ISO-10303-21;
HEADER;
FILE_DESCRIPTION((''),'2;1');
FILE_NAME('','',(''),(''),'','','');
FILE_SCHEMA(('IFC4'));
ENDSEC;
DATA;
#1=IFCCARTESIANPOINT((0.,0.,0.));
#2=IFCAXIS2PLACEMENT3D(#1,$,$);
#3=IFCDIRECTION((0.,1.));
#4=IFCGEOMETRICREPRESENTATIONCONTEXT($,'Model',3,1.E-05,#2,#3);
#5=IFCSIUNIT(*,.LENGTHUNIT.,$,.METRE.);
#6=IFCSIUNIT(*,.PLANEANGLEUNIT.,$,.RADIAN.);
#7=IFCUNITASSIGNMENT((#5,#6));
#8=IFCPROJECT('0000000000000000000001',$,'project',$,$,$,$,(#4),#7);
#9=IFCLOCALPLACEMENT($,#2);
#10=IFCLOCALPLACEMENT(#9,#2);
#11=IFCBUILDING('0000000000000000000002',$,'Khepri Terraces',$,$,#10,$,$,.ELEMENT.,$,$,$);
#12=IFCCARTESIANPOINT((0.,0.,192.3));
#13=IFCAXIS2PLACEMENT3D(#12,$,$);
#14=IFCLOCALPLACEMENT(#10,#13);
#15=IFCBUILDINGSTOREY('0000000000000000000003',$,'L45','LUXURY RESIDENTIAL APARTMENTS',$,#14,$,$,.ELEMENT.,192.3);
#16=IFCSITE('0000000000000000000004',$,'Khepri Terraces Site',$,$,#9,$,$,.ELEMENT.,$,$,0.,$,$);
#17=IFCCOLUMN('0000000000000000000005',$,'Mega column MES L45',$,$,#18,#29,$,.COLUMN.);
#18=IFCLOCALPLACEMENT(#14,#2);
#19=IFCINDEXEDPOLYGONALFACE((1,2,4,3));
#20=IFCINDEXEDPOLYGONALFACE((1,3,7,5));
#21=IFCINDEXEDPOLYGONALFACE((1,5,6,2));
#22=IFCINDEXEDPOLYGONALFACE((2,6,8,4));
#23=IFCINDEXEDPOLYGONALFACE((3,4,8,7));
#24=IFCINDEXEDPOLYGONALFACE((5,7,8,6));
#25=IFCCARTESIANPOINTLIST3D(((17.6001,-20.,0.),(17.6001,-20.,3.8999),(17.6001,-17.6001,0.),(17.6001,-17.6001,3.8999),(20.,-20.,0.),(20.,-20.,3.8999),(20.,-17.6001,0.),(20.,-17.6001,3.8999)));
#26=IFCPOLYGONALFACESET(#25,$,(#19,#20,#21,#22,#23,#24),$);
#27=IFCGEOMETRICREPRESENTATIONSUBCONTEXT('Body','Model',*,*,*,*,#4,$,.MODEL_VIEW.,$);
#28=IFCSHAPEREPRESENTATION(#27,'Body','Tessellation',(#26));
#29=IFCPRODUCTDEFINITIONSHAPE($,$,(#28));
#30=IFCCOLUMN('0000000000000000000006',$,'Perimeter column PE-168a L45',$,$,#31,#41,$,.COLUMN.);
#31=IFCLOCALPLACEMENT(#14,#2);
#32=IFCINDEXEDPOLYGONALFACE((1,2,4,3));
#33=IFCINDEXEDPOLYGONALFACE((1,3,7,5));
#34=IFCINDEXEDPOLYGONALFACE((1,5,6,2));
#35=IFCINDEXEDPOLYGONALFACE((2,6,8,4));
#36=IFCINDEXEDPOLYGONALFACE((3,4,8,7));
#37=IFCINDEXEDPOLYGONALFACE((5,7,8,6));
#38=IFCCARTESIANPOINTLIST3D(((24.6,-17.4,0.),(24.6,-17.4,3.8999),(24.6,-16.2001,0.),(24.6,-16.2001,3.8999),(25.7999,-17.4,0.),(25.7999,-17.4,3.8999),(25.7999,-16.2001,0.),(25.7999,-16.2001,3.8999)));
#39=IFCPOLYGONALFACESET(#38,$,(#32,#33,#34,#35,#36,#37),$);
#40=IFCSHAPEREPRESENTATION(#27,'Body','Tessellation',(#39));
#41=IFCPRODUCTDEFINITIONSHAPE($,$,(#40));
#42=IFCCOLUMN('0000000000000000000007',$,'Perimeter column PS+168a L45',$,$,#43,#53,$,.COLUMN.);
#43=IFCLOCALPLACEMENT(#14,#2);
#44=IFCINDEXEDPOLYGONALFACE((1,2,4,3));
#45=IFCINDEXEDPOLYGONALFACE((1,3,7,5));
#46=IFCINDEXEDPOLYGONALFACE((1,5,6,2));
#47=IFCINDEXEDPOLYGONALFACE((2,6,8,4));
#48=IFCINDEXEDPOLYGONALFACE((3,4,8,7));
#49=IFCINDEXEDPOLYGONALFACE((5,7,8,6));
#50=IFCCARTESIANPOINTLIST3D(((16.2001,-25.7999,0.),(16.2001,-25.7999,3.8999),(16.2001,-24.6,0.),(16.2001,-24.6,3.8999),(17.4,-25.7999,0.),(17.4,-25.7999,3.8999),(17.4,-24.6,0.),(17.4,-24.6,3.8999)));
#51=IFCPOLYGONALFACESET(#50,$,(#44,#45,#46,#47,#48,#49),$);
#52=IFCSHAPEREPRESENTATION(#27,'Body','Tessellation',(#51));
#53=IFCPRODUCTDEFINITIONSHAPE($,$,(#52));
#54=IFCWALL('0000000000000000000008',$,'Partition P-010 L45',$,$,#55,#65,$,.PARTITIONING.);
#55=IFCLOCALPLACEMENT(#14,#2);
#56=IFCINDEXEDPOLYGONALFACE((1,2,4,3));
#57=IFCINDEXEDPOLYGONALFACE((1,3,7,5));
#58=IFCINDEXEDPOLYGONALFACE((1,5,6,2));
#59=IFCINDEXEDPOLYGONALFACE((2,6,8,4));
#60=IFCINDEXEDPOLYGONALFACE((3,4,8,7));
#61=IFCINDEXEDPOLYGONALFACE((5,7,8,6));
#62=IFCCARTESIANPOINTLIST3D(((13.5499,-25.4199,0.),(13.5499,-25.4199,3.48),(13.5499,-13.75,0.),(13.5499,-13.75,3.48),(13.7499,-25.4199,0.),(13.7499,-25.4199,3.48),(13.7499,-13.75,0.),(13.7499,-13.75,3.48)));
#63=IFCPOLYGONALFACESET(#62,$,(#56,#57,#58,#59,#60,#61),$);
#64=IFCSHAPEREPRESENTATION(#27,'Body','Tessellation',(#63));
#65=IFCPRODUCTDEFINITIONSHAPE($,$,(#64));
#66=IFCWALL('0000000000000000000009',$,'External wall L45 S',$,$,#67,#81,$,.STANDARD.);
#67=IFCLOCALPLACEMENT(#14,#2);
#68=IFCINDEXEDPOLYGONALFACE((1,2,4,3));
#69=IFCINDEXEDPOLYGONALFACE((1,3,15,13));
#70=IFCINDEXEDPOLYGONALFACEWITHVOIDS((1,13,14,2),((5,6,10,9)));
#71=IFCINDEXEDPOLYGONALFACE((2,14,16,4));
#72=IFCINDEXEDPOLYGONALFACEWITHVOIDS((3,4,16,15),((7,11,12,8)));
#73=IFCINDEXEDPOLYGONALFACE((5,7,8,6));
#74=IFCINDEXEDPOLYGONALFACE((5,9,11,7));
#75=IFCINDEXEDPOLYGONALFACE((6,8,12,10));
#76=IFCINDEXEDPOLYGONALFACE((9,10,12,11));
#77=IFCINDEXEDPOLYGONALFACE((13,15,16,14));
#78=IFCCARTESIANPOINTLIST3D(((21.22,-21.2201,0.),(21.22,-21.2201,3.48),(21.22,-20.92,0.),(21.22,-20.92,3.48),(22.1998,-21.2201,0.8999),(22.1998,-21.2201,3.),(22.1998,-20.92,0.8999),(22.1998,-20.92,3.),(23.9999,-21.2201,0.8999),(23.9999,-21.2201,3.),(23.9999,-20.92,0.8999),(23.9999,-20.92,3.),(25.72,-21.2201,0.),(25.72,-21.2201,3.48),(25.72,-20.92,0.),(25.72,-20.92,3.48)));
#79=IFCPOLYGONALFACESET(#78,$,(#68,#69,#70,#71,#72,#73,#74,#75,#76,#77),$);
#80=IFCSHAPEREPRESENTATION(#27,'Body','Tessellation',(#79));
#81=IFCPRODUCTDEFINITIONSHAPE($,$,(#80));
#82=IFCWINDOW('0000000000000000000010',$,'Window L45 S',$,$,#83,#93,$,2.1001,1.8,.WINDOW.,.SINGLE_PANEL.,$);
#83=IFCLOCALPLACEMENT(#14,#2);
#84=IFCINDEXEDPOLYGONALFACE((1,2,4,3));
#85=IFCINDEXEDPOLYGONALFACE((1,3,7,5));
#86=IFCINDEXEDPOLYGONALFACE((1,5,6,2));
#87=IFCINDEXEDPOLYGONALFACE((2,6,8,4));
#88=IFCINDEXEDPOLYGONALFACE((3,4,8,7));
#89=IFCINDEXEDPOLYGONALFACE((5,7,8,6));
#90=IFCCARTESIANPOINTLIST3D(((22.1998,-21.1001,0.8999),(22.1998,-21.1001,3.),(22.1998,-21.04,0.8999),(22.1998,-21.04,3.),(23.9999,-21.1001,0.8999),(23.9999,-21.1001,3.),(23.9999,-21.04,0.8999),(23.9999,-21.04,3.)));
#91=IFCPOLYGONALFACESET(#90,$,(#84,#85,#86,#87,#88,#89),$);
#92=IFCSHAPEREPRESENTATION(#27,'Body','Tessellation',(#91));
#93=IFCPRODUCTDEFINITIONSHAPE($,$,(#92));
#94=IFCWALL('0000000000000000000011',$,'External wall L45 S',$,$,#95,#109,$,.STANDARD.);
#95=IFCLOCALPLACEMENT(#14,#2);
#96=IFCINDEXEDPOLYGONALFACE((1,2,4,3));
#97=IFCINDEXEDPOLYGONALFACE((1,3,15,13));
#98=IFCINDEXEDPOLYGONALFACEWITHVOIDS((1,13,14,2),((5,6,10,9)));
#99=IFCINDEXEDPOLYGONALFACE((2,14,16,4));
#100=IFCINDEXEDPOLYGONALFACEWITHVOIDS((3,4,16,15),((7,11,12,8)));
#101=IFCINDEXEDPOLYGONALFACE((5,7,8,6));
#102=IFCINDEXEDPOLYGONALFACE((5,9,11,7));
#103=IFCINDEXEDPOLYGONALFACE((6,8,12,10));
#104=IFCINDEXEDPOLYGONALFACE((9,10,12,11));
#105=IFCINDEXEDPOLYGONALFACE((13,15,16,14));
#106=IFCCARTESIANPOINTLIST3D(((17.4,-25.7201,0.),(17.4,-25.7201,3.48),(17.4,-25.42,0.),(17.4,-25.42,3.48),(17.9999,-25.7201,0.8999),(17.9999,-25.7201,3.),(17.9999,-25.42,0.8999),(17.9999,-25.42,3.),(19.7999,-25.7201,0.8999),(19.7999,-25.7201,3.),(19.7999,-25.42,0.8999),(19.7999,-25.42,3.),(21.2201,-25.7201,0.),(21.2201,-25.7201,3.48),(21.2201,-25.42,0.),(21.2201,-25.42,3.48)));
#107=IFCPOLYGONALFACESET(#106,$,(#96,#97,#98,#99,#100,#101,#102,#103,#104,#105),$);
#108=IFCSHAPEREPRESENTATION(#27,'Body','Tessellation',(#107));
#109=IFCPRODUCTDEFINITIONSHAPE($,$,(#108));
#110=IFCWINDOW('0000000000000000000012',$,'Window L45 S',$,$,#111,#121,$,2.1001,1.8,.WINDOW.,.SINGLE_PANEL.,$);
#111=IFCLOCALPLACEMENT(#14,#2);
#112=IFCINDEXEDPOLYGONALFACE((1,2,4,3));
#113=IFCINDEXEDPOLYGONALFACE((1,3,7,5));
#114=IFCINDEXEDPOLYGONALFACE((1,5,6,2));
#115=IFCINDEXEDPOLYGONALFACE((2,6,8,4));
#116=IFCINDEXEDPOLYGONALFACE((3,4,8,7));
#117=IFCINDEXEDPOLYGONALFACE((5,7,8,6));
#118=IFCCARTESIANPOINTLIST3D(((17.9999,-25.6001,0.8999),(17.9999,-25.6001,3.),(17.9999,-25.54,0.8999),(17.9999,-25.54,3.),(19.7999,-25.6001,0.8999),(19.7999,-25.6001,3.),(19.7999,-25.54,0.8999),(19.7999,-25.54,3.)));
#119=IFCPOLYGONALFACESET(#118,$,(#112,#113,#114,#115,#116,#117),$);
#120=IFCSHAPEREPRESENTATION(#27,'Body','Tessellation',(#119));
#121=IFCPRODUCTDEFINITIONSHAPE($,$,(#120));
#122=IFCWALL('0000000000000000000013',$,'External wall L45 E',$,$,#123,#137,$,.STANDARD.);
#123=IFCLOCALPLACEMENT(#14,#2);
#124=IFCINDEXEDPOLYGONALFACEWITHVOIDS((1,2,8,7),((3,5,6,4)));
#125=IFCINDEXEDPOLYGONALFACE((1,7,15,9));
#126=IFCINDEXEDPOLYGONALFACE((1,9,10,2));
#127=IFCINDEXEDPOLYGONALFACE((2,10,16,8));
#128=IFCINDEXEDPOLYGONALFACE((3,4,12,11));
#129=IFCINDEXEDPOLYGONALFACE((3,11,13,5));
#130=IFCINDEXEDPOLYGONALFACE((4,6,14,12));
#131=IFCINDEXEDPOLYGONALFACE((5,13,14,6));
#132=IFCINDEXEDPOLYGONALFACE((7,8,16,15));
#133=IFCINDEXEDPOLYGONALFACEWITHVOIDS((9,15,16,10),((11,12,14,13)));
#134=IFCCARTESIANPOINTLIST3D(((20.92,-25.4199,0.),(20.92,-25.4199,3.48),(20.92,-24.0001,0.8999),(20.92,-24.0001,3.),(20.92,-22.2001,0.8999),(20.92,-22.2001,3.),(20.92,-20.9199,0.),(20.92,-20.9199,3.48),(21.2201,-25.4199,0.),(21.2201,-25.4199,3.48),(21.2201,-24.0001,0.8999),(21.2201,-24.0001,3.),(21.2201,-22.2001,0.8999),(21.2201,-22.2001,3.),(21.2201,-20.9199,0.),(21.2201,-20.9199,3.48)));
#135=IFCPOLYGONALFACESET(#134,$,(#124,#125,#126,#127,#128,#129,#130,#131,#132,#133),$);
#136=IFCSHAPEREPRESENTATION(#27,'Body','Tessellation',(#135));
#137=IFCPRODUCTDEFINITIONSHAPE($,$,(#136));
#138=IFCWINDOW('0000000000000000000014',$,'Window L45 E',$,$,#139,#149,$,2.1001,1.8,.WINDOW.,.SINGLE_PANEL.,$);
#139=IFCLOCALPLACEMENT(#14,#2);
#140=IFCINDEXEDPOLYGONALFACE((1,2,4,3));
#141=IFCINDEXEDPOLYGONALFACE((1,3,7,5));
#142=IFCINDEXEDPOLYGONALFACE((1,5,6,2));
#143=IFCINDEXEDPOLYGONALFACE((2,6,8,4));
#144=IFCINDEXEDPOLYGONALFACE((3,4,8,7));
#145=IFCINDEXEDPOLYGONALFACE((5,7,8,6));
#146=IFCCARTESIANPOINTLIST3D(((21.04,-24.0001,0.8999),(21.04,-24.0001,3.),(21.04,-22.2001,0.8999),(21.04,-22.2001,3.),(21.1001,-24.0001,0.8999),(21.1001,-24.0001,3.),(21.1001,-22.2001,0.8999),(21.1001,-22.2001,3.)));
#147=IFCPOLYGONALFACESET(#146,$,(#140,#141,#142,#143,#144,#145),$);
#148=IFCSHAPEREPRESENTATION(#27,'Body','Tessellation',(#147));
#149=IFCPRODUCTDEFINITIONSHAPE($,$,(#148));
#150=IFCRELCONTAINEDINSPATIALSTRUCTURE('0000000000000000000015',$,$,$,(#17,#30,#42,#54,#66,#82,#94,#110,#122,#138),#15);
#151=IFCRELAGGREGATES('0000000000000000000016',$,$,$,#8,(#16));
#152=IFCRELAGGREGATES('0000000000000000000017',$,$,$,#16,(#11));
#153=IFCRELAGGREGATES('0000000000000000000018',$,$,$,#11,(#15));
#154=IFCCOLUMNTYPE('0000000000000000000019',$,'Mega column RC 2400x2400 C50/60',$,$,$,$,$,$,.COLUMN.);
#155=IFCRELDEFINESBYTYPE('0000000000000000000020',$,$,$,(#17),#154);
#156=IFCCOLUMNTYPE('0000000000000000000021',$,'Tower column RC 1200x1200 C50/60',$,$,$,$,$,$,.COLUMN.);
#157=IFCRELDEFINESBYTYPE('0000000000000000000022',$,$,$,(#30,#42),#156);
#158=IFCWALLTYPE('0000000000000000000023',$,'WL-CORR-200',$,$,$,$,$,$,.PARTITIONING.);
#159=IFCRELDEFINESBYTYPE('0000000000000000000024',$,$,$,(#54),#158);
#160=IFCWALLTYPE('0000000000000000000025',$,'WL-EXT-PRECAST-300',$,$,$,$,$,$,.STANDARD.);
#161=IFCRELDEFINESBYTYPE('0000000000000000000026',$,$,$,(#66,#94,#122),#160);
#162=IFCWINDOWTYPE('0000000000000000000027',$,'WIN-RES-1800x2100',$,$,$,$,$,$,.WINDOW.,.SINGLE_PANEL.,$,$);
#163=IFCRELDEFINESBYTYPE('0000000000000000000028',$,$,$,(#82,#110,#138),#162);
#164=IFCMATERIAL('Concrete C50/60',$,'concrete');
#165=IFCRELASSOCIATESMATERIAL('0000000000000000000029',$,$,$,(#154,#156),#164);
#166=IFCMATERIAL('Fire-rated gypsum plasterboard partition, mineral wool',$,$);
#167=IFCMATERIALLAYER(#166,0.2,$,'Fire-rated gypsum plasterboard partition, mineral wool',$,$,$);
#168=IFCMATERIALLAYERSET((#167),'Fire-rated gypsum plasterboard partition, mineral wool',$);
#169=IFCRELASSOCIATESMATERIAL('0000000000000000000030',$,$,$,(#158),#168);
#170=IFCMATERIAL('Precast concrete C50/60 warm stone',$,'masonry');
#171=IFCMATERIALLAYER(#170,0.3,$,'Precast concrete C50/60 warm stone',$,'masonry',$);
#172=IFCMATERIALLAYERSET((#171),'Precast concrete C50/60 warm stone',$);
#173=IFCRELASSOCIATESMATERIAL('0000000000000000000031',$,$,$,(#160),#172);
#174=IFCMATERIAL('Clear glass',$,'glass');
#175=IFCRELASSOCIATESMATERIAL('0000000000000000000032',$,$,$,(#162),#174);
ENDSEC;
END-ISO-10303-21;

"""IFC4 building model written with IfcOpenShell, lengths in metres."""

from ifc_helpers import new_model, si_unit, direction, frame, frame_2d, origin, origin_2d, place, context, subcontext, project, spatial, rectangle, extrude, material, layer, layer_set, material_profile, profile_set, type_object, element, fill, save


model = new_model("IFC4")

# Units and contexts
model_context = context("Model", 3, precision=1e-05, world=origin(), true_north=direction((0.0, 1.0)))
body_context = subcontext(model_context, "Body", "Model", "MODEL_VIEW")
ifc_project = project(units=[si_unit("LENGTHUNIT", "METRE"), si_unit("PLANEANGLEUNIT", "RADIAN")], contexts=[model_context])

# Site, building, storey
site_placement = place(None, origin())
site = spatial("IfcSite", under=ifc_project, at=site_placement, Name="Khepri Terraces Site", CompositionType="ELEMENT", RefElevation=0.0)
building_placement = place(site_placement, origin())
building = spatial("IfcBuilding", under=site, at=building_placement, Name="Khepri Terraces", CompositionType="ELEMENT")
storey_placement = place(building_placement, frame((0.0, 0.0, 192.3)))
storey = spatial("IfcBuildingStorey", under=building, at=storey_placement, Name="L45", Description="LUXURY RESIDENTIAL APARTMENTS", CompositionType="ELEMENT", Elevation=192.3)

# Columns
ifc_material_1 = material(Name="Concrete C50/60", Category="concrete")
ifc_material_profile_1 = material_profile(ifc_material_1, rectangle(XDim=2.3999, YDim=2.3999, at=origin_2d()), Name="Concrete C50/60", Category="concrete")
ifc_profile_set_1 = profile_set([ifc_material_profile_1], Name="Concrete C50/60")
column_type_1 = type_object("IfcColumnType", Name="Mega column RC 2400x2400 C50/60", PredefinedType="COLUMN", material=ifc_profile_set_1)
column_placement = place(storey_placement, frame((18.8, -18.8, 0.0), z_axis=(0.0, 0.0, 1.0), x_axis=(1.0, 0.0, 0.0)))
element("IfcColumn", 1, at=column_placement, inside=storey, type_object=column_type_1, Name="Mega column MES L45", PredefinedType="COLUMN", context=body_context, shape_type="SweptSolid", body=[
    extrude(rectangle(XDim=2.3999, YDim=2.3999, at=origin_2d()), origin(), (0.0, 0.0, 1.0), 3.8999),
])
ifc_material_profile_2 = material_profile(ifc_material_1, rectangle(XDim=1.2, YDim=1.2, at=origin_2d()), Name="Concrete C50/60", Category="concrete")
ifc_profile_set_2 = profile_set([ifc_material_profile_2], Name="Concrete C50/60")
column_type_2 = type_object("IfcColumnType", Name="Tower column RC 1200x1200 C50/60", PredefinedType="COLUMN", material=ifc_profile_set_2)
for number, where, z_axis, x_axis, name in (
    (2, (25.2, -16.8, 0.0), (0.0, 0.0, 1.0), (1.0, 0.0, 0.0), "Perimeter column PE-168a L45"),
    (3, (16.8, -25.2, 0.0), (0.0, 0.0, 1.0), (1.0, 0.0, 0.0), "Perimeter column PS+168a L45"),
):
    element("IfcColumn", number, at=place(storey_placement, frame(where, z_axis=z_axis, x_axis=x_axis)), inside=storey, type_object=column_type_2, Name=name, PredefinedType="COLUMN", context=body_context, shape_type="SweptSolid", body=[
        extrude(rectangle(XDim=1.2, YDim=1.2, at=origin_2d()), origin(), (0.0, 0.0, 1.0), 3.8999),
    ])

# Wall
ifc_material_2 = material(Name="Fire-rated gypsum plasterboard partition, mineral wool")
ifc_layer_1 = layer(ifc_material_2, 0.2, Name="Fire-rated gypsum plasterboard partition, mineral wool")
ifc_layer_set_1 = layer_set([ifc_layer_1], Name="Fire-rated gypsum plasterboard partition, mineral wool")
wall_type_1 = type_object("IfcWallType", Name="WL-CORR-200", PredefinedType="PARTITIONING", material=ifc_layer_set_1)
wall_1_placement = place(storey_placement, frame((13.6499, -25.4199, 0.0), z_axis=(0.0, 0.0, 1.0), x_axis=(0.0, 1.0, 0.0)))
element("IfcWall", 4, at=wall_1_placement, inside=storey, type_object=wall_type_1, Name="Partition P-010 L45", PredefinedType="PARTITIONING", context=body_context, shape_type="SweptSolid", body=[
    extrude(rectangle(XDim=11.6699, YDim=0.2, at=frame_2d((5.835, 0.0))), origin(), (0.0, 0.0, 1.0), 3.48),
])

# Wall, opening, window
ifc_material_3 = material(Name="Precast concrete C50/60 warm stone", Category="masonry")
ifc_layer_2 = layer(ifc_material_3, 0.3, Name="Precast concrete C50/60 warm stone", Category="masonry")
ifc_layer_set_2 = layer_set([ifc_layer_2], Name="Precast concrete C50/60 warm stone")
wall_type_2 = type_object("IfcWallType", Name="WL-EXT-PRECAST-300", PredefinedType="STANDARD", material=ifc_layer_set_2)
wall_2_placement = place(storey_placement, frame((21.22, -21.0701, 0.0), z_axis=(0.0, 0.0, 1.0), x_axis=(1.0, 0.0, 0.0)))
wall_2 = element("IfcWall", 5, at=wall_2_placement, inside=storey, type_object=wall_type_2, Name="External wall L45 S", PredefinedType="STANDARD", context=body_context, shape_type="SweptSolid", body=[
    extrude(rectangle(XDim=4.5, YDim=0.3, at=frame_2d((2.25, 0.0))), origin(), (0.0, 0.0, 1.0), 3.48),
])
opening_1_placement = place(wall_2_placement, frame((0.98, 0.0, 0.8999)))
opening_1 = element("IfcOpeningElement", 6, at=opening_1_placement, cuts=wall_2, PredefinedType="OPENING", context=body_context, shape_type="SweptSolid", body=[
    extrude(rectangle(XDim=1.8, YDim=2.1001, at=frame_2d((0.8999, 1.05))), frame((0.0, 0.1602, 0.0), z_axis=(0.0, -1.0, 0.0), x_axis=(1.0, 0.0, 0.0)), (0.0, 0.0, 1.0), 0.3201),
])
ifc_material_4 = material(Name="Clear glass", Category="glass")
window_type = type_object("IfcWindowType", Name="WIN-RES-1800x2100", PartitioningType="SINGLE_PANEL", PredefinedType="WINDOW", material=ifc_material_4)
window_1_placement = place(opening_1_placement, origin())
window_1 = element("IfcWindow", 7, at=window_1_placement, inside=storey, type_object=window_type, Name="Window L45 S", OverallHeight=2.1001, OverallWidth=1.8, PartitioningType="SINGLE_PANEL", PredefinedType="WINDOW", context=body_context, shape_type="SweptSolid", body=[
    extrude(rectangle(XDim=1.8, YDim=2.1001, at=frame_2d((0.8999, 1.05))), frame((0.0, 0.03, 0.0), z_axis=(0.0, -1.0, 0.0), x_axis=(1.0, 0.0, 0.0)), (0.0, 0.0, 1.0), 0.0601),
])
fill(opening_1, window_1)

# Walls, openings, windows
wall_3_placement = place(storey_placement, frame((17.3999, -25.5701, 0.0), z_axis=(0.0, 0.0, 1.0), x_axis=(1.0, 0.0, 0.0)))
wall_3 = element("IfcWall", 8, at=wall_3_placement, inside=storey, type_object=wall_type_2, Name="External wall L45 S", PredefinedType="STANDARD", context=body_context, shape_type="SweptSolid", body=[
    extrude(rectangle(XDim=3.8201, YDim=0.3, at=frame_2d((1.9102, 0.0))), origin(), (0.0, 0.0, 1.0), 3.48),
])
opening_2_placement = place(wall_3_placement, frame((0.6001, 0.0, 0.8999)))
opening_2 = element("IfcOpeningElement", 9, at=opening_2_placement, cuts=wall_3, PredefinedType="OPENING", context=body_context, shape_type="SweptSolid", body=[
    extrude(rectangle(XDim=1.8, YDim=2.1001, at=frame_2d((0.8999, 1.05))), frame((0.0, 0.1602, 0.0), z_axis=(0.0, -1.0, 0.0), x_axis=(1.0, 0.0, 0.0)), (0.0, 0.0, 1.0), 0.3201),
])
window_2_placement = place(opening_2_placement, origin())
window_2 = element("IfcWindow", 10, at=window_2_placement, inside=storey, type_object=window_type, Name="Window L45 S", OverallHeight=2.1001, OverallWidth=1.8, PartitioningType="SINGLE_PANEL", PredefinedType="WINDOW", context=body_context, shape_type="SweptSolid", body=[
    extrude(rectangle(XDim=1.8, YDim=2.1001, at=frame_2d((0.8999, 1.05))), frame((0.0, 0.03, 0.0), z_axis=(0.0, -1.0, 0.0), x_axis=(1.0, 0.0, 0.0)), (0.0, 0.0, 1.0), 0.0601),
])
fill(opening_2, window_2)
wall_4_placement = place(storey_placement, frame((21.0701, -25.4199, 0.0), z_axis=(0.0, 0.0, 1.0), x_axis=(0.0, 1.0, 0.0)))
wall_4 = element("IfcWall", 11, at=wall_4_placement, inside=storey, type_object=wall_type_2, Name="External wall L45 E", PredefinedType="STANDARD", context=body_context, shape_type="SweptSolid", body=[
    extrude(rectangle(XDim=4.5, YDim=0.3, at=frame_2d((2.25, 0.0))), origin(), (0.0, 0.0, 1.0), 3.48),
])
opening_3_placement = place(wall_4_placement, frame((1.4199, 0.0, 0.8999)))
opening_3 = element("IfcOpeningElement", 12, at=opening_3_placement, cuts=wall_4, PredefinedType="OPENING", context=body_context, shape_type="SweptSolid", body=[
    extrude(rectangle(XDim=1.8, YDim=2.1001, at=frame_2d((0.8999, 1.05))), frame((0.0, 0.1602, 0.0), z_axis=(0.0, -1.0, 0.0), x_axis=(1.0, 0.0, 0.0)), (0.0, 0.0, 1.0), 0.3201),
])
window_3_placement = place(opening_3_placement, origin())
window_3 = element("IfcWindow", 13, at=window_3_placement, inside=storey, type_object=window_type, Name="Window L45 E", OverallHeight=2.1001, OverallWidth=1.8, PartitioningType="SINGLE_PANEL", PredefinedType="WINDOW", context=body_context, shape_type="SweptSolid", body=[
    extrude(rectangle(XDim=1.8, YDim=2.1001, at=frame_2d((0.8999, 1.05))), frame((0.0, 0.03, 0.0), z_axis=(0.0, -1.0, 0.0), x_axis=(1.0, 0.0, 0.0)), (0.0, 0.0, 1.0), 0.0601),
])
fill(opening_3, window_3)

save(model, "model.ifc")
